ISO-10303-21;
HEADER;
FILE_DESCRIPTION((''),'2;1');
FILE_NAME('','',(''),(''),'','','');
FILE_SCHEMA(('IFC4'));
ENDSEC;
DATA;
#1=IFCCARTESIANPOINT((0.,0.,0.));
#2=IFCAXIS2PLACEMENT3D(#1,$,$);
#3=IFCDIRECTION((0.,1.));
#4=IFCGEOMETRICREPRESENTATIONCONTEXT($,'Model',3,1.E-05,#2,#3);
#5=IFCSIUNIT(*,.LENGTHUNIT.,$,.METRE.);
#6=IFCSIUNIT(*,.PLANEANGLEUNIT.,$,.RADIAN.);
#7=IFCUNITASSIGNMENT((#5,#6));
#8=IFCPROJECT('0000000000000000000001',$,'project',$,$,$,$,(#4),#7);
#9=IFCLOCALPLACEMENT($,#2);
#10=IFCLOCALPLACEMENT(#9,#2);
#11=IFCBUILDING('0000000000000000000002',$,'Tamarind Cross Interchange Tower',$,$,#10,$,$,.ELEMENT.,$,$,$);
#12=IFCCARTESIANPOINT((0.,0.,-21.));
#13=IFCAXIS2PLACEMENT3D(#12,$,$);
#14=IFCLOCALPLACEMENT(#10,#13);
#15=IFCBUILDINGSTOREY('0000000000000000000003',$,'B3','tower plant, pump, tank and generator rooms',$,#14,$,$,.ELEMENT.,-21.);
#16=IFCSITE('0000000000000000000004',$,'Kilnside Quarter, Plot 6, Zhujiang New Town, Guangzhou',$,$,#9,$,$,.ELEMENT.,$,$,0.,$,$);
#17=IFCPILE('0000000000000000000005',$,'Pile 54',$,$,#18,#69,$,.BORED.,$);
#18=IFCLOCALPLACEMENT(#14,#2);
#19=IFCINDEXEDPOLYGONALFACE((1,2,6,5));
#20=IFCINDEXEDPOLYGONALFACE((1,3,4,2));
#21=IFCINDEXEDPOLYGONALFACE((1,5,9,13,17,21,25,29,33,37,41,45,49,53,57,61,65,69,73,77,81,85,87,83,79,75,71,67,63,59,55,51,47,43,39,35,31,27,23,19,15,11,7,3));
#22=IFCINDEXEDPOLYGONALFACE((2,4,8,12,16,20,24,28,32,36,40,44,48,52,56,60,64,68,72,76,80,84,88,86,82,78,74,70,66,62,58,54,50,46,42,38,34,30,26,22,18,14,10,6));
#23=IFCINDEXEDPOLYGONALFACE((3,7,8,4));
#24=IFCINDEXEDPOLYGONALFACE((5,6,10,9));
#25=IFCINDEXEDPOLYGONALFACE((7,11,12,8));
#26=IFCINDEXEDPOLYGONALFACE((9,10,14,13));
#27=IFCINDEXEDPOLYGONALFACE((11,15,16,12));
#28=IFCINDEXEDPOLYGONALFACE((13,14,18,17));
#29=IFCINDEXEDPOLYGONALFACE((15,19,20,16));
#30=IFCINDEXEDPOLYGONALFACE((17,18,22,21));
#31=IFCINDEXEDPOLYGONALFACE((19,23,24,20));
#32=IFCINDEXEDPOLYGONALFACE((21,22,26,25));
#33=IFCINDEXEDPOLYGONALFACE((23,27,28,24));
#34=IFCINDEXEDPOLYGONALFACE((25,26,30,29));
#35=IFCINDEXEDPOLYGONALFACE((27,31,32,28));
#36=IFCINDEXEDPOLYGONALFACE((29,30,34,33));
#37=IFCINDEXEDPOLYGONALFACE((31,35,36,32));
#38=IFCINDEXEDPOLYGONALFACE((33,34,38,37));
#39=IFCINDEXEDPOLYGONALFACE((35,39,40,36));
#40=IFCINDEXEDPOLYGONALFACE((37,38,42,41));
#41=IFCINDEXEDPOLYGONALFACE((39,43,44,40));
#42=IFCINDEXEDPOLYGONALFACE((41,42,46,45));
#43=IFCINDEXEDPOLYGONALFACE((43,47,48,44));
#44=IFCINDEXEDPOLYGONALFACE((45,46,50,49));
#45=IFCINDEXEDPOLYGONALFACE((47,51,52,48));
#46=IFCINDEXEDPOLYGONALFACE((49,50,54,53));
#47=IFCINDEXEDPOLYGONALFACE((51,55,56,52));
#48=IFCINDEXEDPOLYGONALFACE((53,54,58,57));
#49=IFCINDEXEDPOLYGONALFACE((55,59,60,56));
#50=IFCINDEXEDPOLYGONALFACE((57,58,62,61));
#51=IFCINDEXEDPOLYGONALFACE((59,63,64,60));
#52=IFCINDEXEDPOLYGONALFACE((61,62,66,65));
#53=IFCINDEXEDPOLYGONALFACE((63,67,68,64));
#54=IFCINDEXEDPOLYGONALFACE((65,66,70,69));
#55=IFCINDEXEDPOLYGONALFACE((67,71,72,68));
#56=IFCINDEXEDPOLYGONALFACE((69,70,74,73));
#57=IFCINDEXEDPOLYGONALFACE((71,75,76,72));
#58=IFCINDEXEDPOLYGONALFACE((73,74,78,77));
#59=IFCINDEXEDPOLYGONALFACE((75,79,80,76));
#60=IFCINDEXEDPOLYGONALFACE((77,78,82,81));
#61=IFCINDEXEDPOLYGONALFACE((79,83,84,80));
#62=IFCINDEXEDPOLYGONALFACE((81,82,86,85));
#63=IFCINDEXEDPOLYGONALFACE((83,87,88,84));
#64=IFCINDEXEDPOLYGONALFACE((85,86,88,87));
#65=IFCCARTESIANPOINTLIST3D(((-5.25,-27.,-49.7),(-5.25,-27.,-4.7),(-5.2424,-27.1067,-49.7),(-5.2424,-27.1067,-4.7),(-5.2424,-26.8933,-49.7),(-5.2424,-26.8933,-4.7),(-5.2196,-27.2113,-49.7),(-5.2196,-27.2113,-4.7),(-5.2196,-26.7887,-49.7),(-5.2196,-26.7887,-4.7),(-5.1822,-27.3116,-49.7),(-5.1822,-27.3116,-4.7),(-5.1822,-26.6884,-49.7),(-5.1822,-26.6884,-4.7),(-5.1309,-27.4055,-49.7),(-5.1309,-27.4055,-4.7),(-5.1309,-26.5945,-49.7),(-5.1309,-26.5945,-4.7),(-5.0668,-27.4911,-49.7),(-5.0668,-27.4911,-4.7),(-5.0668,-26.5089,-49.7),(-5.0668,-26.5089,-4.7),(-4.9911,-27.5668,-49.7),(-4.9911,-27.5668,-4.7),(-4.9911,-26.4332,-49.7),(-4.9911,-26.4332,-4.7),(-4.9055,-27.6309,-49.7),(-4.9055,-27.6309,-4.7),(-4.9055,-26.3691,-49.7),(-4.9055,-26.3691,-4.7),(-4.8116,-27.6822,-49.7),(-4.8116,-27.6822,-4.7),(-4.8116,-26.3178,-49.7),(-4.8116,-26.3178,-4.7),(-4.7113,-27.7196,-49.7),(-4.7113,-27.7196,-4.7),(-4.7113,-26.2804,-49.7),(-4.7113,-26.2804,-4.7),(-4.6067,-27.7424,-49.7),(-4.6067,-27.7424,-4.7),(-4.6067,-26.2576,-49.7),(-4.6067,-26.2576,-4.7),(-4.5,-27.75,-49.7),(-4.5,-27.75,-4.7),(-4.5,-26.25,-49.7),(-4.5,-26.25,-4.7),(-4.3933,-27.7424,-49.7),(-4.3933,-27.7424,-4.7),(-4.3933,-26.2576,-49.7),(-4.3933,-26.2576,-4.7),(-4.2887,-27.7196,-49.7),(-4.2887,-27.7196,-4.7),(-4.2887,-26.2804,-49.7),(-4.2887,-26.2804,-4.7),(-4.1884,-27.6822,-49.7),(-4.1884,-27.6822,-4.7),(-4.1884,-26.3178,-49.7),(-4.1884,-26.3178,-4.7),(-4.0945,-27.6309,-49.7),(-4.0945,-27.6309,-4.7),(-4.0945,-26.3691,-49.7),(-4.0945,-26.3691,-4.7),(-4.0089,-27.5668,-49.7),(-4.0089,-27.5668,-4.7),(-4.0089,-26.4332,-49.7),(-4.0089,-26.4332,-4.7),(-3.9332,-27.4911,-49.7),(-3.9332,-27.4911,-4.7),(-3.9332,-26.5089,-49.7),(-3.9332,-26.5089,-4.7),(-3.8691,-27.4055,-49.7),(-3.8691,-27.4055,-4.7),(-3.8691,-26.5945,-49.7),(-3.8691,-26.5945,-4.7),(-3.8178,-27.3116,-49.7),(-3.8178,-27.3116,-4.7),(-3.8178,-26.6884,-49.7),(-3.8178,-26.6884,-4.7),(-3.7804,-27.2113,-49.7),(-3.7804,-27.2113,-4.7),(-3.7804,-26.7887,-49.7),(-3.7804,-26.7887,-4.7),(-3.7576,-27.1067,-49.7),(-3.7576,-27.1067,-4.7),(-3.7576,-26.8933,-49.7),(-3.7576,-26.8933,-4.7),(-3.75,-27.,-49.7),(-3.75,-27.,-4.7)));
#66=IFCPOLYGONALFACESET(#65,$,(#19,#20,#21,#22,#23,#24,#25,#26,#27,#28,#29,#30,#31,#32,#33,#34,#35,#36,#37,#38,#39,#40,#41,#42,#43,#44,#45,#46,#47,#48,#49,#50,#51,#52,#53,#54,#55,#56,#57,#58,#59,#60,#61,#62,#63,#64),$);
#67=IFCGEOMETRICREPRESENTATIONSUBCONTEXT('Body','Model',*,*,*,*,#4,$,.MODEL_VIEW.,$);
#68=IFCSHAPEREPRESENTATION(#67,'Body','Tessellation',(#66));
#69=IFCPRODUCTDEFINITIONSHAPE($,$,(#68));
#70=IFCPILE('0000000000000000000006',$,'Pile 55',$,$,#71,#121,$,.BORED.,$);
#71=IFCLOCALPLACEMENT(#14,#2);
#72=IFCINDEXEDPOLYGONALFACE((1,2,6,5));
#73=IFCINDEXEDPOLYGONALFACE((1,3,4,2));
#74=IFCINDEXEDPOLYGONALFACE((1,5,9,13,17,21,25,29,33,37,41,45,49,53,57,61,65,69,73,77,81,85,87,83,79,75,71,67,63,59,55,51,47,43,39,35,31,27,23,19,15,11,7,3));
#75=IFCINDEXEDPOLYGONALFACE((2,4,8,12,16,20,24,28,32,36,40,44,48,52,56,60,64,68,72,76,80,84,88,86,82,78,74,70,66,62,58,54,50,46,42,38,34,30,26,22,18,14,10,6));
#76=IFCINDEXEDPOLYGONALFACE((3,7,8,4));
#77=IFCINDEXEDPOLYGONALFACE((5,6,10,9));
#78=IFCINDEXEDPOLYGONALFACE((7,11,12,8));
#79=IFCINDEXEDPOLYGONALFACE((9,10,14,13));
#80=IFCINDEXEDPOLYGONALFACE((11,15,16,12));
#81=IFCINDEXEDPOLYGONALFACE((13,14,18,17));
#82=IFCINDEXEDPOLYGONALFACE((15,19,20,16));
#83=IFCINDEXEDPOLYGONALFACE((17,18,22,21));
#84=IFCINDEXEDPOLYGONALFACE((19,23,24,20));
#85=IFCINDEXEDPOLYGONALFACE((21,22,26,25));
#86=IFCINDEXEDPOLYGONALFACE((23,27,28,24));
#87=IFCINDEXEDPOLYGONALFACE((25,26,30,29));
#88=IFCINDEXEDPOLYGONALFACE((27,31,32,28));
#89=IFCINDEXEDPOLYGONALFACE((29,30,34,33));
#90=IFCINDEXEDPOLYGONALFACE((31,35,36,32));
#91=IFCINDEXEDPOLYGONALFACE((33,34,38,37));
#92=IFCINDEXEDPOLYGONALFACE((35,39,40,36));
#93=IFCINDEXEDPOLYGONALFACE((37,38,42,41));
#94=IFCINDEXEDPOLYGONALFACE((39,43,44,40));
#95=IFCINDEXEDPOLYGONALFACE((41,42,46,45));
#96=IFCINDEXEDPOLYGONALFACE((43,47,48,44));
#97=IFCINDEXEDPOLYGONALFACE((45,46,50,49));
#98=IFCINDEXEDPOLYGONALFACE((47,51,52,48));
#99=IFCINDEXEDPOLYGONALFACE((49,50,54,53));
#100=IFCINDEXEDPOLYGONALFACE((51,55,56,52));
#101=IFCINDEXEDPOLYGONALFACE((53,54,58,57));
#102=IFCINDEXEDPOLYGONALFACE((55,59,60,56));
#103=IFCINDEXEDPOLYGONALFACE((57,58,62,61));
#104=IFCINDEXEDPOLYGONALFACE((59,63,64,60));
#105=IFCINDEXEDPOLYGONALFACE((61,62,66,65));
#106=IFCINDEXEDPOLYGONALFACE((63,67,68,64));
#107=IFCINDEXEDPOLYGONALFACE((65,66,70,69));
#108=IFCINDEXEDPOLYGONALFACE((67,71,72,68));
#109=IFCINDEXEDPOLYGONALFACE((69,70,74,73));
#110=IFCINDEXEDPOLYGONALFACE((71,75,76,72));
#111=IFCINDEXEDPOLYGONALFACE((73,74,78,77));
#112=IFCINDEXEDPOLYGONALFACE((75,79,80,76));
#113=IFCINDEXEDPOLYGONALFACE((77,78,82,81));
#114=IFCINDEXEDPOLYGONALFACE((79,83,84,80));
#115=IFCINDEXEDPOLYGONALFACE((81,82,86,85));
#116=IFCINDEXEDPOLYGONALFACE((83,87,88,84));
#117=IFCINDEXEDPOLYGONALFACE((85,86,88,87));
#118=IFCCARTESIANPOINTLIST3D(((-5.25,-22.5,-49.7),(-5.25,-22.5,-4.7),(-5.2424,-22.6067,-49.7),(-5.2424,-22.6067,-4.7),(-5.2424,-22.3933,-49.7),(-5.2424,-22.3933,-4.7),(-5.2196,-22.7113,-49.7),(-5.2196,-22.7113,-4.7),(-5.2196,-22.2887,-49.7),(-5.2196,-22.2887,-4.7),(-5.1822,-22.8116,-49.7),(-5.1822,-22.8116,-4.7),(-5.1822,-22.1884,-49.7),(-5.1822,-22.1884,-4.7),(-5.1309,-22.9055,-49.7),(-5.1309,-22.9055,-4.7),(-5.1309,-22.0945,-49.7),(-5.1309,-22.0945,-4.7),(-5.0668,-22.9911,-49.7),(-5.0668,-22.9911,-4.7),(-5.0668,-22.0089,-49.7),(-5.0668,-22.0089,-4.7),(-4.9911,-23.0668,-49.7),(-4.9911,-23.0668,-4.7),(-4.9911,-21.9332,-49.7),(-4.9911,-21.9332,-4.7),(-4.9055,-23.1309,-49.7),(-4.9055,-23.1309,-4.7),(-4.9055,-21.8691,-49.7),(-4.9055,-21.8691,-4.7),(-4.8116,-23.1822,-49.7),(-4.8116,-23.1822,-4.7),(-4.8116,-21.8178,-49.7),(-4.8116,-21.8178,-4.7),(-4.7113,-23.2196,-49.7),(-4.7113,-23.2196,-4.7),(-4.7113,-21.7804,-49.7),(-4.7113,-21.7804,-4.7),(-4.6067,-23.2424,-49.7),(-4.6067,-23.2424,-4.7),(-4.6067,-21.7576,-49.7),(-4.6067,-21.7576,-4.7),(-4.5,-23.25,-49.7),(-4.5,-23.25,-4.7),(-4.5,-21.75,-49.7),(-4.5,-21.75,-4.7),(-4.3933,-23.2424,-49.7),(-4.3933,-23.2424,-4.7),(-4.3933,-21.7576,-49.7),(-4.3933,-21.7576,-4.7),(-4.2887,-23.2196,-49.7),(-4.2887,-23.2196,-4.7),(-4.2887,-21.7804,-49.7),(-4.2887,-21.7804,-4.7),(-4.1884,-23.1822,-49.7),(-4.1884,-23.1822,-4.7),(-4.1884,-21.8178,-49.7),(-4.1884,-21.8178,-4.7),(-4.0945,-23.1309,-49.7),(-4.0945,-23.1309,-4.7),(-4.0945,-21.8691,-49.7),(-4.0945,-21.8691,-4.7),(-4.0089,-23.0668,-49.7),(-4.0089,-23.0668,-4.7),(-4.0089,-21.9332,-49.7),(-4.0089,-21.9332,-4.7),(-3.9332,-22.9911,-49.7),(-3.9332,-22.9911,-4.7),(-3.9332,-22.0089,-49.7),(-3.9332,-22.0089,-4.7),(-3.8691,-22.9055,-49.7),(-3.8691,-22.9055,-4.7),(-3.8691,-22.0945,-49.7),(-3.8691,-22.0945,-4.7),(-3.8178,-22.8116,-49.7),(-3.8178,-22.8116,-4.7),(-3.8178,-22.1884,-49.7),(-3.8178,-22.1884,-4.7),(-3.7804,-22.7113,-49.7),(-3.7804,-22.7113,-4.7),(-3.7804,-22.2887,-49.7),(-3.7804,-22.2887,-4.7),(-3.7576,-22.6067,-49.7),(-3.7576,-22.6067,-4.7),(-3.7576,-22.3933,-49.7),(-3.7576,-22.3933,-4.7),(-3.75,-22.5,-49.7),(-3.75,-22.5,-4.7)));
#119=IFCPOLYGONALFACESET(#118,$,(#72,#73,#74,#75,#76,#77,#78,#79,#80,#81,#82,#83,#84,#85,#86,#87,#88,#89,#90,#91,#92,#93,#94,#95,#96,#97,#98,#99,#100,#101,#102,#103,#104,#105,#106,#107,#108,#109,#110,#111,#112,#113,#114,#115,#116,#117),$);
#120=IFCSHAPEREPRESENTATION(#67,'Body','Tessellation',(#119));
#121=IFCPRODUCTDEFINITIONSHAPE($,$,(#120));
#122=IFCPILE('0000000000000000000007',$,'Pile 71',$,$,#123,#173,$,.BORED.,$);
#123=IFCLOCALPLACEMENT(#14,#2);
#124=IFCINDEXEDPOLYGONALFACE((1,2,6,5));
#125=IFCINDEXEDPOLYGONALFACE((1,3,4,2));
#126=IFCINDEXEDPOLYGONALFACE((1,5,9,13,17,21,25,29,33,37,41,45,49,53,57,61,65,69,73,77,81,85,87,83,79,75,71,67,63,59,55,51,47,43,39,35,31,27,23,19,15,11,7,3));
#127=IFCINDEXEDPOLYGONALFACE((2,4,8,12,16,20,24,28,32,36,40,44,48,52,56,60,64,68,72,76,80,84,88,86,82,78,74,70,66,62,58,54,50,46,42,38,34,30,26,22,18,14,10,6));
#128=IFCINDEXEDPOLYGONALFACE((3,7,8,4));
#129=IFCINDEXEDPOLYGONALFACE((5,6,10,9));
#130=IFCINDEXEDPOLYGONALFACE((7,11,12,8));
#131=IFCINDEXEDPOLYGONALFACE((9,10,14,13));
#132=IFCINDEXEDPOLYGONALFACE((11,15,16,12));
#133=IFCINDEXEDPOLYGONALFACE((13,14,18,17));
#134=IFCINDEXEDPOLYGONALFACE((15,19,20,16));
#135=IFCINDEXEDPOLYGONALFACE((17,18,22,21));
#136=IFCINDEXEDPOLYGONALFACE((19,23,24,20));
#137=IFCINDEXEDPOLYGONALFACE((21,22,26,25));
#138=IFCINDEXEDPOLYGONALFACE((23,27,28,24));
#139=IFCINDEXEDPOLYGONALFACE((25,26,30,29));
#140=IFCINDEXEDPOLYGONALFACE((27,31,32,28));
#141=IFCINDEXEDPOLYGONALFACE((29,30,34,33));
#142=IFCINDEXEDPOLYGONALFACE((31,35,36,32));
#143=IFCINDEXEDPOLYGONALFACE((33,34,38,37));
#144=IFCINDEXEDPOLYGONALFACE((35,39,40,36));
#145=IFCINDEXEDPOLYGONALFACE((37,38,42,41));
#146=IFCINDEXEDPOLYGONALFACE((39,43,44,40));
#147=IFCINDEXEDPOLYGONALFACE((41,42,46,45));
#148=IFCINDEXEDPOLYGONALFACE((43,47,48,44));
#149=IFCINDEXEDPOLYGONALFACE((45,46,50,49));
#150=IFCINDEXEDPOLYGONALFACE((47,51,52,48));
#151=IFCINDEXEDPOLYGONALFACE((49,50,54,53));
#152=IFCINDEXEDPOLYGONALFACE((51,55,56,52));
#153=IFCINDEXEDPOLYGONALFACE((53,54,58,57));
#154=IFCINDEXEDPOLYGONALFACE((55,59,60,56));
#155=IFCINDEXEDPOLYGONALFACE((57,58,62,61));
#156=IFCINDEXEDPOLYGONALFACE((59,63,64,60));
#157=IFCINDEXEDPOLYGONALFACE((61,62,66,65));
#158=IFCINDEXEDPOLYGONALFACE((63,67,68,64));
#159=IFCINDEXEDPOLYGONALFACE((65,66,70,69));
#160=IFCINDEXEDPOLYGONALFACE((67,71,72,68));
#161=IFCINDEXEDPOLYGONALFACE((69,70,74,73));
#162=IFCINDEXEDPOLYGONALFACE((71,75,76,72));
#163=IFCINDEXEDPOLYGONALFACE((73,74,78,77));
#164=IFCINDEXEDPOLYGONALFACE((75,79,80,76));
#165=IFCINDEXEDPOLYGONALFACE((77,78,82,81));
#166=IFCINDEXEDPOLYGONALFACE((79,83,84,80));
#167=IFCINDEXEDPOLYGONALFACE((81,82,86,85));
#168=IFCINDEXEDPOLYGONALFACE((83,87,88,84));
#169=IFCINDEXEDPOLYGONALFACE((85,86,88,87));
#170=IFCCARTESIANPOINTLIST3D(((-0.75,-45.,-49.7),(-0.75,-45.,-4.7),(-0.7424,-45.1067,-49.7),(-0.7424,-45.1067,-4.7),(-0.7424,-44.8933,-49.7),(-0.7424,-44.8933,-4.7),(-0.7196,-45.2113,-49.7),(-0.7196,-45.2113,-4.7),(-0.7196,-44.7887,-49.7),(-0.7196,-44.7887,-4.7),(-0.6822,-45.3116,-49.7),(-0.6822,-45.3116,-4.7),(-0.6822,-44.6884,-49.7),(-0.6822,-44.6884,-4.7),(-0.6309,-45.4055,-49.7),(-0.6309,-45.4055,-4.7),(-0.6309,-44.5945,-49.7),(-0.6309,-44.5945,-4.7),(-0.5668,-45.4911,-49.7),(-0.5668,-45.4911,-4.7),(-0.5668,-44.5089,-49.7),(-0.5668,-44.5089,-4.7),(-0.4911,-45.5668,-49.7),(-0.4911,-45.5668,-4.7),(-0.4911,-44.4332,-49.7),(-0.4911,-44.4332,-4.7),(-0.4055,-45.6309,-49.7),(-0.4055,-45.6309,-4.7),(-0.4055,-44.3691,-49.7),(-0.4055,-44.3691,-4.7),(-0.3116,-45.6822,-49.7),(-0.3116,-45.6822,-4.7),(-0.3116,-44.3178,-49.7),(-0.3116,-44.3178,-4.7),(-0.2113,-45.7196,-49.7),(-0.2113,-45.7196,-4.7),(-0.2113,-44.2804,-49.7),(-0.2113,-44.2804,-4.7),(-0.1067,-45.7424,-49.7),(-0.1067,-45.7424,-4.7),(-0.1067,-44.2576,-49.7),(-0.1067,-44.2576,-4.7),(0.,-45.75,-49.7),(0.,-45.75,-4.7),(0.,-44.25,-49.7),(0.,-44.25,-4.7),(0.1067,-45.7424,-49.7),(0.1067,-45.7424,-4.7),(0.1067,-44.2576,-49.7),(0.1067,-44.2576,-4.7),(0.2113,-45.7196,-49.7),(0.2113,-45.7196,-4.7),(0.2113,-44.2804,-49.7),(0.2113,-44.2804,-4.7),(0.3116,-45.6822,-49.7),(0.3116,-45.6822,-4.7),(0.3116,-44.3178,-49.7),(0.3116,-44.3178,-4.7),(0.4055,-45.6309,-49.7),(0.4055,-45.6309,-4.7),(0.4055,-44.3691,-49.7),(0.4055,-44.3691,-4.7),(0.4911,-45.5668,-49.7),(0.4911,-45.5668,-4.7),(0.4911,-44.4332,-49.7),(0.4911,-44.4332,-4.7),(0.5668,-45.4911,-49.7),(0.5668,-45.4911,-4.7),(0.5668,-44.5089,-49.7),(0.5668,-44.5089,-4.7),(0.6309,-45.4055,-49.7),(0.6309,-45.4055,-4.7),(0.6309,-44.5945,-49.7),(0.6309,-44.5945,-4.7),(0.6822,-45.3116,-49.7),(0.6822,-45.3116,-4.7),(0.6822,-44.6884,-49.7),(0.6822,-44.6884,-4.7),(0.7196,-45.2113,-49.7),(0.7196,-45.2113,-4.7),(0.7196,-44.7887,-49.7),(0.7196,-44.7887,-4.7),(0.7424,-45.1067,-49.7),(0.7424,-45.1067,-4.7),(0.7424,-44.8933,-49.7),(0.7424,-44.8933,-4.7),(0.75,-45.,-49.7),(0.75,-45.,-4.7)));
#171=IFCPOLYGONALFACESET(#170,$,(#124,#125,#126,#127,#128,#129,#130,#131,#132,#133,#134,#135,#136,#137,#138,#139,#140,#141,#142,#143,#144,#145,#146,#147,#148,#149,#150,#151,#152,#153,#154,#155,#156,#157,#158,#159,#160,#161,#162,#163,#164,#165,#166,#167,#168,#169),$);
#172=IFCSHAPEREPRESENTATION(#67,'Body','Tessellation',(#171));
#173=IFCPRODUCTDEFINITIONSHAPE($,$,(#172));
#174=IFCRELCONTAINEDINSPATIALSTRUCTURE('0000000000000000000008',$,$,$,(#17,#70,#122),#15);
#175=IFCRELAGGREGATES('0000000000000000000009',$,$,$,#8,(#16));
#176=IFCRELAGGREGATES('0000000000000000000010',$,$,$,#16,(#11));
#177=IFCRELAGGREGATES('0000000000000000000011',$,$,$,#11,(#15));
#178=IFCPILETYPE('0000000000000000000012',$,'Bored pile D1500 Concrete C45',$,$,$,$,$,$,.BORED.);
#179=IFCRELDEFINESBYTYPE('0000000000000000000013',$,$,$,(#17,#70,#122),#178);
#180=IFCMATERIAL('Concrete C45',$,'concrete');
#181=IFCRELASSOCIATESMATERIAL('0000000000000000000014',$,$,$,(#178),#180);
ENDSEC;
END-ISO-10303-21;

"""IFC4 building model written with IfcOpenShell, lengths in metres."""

from ifc_helpers import new_model, si_unit, direction, frame, origin, origin_2d, place, context, subcontext, project, spatial, circle, extrude, material, material_profile, profile_set, type_object, element, save


model = new_model("IFC4")

# Units and contexts
model_context = context("Model", 3, precision=1e-05, world=origin(), true_north=direction((0.0, 1.0)))
body_context = subcontext(model_context, "Body", "Model", "MODEL_VIEW")
ifc_project = project(units=[si_unit("LENGTHUNIT", "METRE"), si_unit("PLANEANGLEUNIT", "RADIAN")], contexts=[model_context])

# Site, building, storey
site_placement = place(None, origin())
site = spatial("IfcSite", under=ifc_project, at=site_placement, Name="Kilnside Quarter, Plot 6, Zhujiang New Town, Guangzhou", CompositionType="ELEMENT", RefElevation=0.0)
building_placement = place(site_placement, origin())
building = spatial("IfcBuilding", under=site, at=building_placement, Name="Tamarind Cross Interchange Tower", CompositionType="ELEMENT")
storey_placement = place(building_placement, frame((0.0, 0.0, -21.0)))
storey = spatial("IfcBuildingStorey", under=building, at=storey_placement, Name="B3", Description="tower plant, pump, tank and generator rooms", CompositionType="ELEMENT", Elevation=-21.0)

# Piles
ifc_material_1 = material(Name="Concrete C45", Category="concrete")
ifc_material_profile_1 = material_profile(ifc_material_1, circle(Radius=0.75, at=origin_2d()), Name="RC D1500")
ifc_profile_set_1 = profile_set([ifc_material_profile_1], Name="Concrete C45")
pile_type = type_object("IfcPileType", Name="Bored pile D1500 Concrete C45", PredefinedType="BORED", material=ifc_profile_set_1)
for number, where, z_axis, x_axis, name in (
    (1, (-4.5, -27.0, -4.7), (0.0, 0.0, -1.0), (1.0, 0.0, 0.0), "Pile 54"),
    (2, (-4.5, -22.5, -4.7), (0.0, 0.0, -1.0), (1.0, 0.0, 0.0), "Pile 55"),
    (3, (0.0, -45.0, -4.7), (0.0, 0.0, -1.0), (1.0, 0.0, 0.0), "Pile 71"),
):
    element("IfcPile", number, at=place(storey_placement, frame(where, z_axis=z_axis, x_axis=x_axis)), inside=storey, type_object=pile_type, Name=name, PredefinedType="BORED", context=body_context, shape_type="SweptSolid", body=[
        extrude(circle(Radius=0.75, at=origin_2d()), origin(), (0.0, 0.0, 1.0), 45.0),
    ])

save(model, "model.ifc")
